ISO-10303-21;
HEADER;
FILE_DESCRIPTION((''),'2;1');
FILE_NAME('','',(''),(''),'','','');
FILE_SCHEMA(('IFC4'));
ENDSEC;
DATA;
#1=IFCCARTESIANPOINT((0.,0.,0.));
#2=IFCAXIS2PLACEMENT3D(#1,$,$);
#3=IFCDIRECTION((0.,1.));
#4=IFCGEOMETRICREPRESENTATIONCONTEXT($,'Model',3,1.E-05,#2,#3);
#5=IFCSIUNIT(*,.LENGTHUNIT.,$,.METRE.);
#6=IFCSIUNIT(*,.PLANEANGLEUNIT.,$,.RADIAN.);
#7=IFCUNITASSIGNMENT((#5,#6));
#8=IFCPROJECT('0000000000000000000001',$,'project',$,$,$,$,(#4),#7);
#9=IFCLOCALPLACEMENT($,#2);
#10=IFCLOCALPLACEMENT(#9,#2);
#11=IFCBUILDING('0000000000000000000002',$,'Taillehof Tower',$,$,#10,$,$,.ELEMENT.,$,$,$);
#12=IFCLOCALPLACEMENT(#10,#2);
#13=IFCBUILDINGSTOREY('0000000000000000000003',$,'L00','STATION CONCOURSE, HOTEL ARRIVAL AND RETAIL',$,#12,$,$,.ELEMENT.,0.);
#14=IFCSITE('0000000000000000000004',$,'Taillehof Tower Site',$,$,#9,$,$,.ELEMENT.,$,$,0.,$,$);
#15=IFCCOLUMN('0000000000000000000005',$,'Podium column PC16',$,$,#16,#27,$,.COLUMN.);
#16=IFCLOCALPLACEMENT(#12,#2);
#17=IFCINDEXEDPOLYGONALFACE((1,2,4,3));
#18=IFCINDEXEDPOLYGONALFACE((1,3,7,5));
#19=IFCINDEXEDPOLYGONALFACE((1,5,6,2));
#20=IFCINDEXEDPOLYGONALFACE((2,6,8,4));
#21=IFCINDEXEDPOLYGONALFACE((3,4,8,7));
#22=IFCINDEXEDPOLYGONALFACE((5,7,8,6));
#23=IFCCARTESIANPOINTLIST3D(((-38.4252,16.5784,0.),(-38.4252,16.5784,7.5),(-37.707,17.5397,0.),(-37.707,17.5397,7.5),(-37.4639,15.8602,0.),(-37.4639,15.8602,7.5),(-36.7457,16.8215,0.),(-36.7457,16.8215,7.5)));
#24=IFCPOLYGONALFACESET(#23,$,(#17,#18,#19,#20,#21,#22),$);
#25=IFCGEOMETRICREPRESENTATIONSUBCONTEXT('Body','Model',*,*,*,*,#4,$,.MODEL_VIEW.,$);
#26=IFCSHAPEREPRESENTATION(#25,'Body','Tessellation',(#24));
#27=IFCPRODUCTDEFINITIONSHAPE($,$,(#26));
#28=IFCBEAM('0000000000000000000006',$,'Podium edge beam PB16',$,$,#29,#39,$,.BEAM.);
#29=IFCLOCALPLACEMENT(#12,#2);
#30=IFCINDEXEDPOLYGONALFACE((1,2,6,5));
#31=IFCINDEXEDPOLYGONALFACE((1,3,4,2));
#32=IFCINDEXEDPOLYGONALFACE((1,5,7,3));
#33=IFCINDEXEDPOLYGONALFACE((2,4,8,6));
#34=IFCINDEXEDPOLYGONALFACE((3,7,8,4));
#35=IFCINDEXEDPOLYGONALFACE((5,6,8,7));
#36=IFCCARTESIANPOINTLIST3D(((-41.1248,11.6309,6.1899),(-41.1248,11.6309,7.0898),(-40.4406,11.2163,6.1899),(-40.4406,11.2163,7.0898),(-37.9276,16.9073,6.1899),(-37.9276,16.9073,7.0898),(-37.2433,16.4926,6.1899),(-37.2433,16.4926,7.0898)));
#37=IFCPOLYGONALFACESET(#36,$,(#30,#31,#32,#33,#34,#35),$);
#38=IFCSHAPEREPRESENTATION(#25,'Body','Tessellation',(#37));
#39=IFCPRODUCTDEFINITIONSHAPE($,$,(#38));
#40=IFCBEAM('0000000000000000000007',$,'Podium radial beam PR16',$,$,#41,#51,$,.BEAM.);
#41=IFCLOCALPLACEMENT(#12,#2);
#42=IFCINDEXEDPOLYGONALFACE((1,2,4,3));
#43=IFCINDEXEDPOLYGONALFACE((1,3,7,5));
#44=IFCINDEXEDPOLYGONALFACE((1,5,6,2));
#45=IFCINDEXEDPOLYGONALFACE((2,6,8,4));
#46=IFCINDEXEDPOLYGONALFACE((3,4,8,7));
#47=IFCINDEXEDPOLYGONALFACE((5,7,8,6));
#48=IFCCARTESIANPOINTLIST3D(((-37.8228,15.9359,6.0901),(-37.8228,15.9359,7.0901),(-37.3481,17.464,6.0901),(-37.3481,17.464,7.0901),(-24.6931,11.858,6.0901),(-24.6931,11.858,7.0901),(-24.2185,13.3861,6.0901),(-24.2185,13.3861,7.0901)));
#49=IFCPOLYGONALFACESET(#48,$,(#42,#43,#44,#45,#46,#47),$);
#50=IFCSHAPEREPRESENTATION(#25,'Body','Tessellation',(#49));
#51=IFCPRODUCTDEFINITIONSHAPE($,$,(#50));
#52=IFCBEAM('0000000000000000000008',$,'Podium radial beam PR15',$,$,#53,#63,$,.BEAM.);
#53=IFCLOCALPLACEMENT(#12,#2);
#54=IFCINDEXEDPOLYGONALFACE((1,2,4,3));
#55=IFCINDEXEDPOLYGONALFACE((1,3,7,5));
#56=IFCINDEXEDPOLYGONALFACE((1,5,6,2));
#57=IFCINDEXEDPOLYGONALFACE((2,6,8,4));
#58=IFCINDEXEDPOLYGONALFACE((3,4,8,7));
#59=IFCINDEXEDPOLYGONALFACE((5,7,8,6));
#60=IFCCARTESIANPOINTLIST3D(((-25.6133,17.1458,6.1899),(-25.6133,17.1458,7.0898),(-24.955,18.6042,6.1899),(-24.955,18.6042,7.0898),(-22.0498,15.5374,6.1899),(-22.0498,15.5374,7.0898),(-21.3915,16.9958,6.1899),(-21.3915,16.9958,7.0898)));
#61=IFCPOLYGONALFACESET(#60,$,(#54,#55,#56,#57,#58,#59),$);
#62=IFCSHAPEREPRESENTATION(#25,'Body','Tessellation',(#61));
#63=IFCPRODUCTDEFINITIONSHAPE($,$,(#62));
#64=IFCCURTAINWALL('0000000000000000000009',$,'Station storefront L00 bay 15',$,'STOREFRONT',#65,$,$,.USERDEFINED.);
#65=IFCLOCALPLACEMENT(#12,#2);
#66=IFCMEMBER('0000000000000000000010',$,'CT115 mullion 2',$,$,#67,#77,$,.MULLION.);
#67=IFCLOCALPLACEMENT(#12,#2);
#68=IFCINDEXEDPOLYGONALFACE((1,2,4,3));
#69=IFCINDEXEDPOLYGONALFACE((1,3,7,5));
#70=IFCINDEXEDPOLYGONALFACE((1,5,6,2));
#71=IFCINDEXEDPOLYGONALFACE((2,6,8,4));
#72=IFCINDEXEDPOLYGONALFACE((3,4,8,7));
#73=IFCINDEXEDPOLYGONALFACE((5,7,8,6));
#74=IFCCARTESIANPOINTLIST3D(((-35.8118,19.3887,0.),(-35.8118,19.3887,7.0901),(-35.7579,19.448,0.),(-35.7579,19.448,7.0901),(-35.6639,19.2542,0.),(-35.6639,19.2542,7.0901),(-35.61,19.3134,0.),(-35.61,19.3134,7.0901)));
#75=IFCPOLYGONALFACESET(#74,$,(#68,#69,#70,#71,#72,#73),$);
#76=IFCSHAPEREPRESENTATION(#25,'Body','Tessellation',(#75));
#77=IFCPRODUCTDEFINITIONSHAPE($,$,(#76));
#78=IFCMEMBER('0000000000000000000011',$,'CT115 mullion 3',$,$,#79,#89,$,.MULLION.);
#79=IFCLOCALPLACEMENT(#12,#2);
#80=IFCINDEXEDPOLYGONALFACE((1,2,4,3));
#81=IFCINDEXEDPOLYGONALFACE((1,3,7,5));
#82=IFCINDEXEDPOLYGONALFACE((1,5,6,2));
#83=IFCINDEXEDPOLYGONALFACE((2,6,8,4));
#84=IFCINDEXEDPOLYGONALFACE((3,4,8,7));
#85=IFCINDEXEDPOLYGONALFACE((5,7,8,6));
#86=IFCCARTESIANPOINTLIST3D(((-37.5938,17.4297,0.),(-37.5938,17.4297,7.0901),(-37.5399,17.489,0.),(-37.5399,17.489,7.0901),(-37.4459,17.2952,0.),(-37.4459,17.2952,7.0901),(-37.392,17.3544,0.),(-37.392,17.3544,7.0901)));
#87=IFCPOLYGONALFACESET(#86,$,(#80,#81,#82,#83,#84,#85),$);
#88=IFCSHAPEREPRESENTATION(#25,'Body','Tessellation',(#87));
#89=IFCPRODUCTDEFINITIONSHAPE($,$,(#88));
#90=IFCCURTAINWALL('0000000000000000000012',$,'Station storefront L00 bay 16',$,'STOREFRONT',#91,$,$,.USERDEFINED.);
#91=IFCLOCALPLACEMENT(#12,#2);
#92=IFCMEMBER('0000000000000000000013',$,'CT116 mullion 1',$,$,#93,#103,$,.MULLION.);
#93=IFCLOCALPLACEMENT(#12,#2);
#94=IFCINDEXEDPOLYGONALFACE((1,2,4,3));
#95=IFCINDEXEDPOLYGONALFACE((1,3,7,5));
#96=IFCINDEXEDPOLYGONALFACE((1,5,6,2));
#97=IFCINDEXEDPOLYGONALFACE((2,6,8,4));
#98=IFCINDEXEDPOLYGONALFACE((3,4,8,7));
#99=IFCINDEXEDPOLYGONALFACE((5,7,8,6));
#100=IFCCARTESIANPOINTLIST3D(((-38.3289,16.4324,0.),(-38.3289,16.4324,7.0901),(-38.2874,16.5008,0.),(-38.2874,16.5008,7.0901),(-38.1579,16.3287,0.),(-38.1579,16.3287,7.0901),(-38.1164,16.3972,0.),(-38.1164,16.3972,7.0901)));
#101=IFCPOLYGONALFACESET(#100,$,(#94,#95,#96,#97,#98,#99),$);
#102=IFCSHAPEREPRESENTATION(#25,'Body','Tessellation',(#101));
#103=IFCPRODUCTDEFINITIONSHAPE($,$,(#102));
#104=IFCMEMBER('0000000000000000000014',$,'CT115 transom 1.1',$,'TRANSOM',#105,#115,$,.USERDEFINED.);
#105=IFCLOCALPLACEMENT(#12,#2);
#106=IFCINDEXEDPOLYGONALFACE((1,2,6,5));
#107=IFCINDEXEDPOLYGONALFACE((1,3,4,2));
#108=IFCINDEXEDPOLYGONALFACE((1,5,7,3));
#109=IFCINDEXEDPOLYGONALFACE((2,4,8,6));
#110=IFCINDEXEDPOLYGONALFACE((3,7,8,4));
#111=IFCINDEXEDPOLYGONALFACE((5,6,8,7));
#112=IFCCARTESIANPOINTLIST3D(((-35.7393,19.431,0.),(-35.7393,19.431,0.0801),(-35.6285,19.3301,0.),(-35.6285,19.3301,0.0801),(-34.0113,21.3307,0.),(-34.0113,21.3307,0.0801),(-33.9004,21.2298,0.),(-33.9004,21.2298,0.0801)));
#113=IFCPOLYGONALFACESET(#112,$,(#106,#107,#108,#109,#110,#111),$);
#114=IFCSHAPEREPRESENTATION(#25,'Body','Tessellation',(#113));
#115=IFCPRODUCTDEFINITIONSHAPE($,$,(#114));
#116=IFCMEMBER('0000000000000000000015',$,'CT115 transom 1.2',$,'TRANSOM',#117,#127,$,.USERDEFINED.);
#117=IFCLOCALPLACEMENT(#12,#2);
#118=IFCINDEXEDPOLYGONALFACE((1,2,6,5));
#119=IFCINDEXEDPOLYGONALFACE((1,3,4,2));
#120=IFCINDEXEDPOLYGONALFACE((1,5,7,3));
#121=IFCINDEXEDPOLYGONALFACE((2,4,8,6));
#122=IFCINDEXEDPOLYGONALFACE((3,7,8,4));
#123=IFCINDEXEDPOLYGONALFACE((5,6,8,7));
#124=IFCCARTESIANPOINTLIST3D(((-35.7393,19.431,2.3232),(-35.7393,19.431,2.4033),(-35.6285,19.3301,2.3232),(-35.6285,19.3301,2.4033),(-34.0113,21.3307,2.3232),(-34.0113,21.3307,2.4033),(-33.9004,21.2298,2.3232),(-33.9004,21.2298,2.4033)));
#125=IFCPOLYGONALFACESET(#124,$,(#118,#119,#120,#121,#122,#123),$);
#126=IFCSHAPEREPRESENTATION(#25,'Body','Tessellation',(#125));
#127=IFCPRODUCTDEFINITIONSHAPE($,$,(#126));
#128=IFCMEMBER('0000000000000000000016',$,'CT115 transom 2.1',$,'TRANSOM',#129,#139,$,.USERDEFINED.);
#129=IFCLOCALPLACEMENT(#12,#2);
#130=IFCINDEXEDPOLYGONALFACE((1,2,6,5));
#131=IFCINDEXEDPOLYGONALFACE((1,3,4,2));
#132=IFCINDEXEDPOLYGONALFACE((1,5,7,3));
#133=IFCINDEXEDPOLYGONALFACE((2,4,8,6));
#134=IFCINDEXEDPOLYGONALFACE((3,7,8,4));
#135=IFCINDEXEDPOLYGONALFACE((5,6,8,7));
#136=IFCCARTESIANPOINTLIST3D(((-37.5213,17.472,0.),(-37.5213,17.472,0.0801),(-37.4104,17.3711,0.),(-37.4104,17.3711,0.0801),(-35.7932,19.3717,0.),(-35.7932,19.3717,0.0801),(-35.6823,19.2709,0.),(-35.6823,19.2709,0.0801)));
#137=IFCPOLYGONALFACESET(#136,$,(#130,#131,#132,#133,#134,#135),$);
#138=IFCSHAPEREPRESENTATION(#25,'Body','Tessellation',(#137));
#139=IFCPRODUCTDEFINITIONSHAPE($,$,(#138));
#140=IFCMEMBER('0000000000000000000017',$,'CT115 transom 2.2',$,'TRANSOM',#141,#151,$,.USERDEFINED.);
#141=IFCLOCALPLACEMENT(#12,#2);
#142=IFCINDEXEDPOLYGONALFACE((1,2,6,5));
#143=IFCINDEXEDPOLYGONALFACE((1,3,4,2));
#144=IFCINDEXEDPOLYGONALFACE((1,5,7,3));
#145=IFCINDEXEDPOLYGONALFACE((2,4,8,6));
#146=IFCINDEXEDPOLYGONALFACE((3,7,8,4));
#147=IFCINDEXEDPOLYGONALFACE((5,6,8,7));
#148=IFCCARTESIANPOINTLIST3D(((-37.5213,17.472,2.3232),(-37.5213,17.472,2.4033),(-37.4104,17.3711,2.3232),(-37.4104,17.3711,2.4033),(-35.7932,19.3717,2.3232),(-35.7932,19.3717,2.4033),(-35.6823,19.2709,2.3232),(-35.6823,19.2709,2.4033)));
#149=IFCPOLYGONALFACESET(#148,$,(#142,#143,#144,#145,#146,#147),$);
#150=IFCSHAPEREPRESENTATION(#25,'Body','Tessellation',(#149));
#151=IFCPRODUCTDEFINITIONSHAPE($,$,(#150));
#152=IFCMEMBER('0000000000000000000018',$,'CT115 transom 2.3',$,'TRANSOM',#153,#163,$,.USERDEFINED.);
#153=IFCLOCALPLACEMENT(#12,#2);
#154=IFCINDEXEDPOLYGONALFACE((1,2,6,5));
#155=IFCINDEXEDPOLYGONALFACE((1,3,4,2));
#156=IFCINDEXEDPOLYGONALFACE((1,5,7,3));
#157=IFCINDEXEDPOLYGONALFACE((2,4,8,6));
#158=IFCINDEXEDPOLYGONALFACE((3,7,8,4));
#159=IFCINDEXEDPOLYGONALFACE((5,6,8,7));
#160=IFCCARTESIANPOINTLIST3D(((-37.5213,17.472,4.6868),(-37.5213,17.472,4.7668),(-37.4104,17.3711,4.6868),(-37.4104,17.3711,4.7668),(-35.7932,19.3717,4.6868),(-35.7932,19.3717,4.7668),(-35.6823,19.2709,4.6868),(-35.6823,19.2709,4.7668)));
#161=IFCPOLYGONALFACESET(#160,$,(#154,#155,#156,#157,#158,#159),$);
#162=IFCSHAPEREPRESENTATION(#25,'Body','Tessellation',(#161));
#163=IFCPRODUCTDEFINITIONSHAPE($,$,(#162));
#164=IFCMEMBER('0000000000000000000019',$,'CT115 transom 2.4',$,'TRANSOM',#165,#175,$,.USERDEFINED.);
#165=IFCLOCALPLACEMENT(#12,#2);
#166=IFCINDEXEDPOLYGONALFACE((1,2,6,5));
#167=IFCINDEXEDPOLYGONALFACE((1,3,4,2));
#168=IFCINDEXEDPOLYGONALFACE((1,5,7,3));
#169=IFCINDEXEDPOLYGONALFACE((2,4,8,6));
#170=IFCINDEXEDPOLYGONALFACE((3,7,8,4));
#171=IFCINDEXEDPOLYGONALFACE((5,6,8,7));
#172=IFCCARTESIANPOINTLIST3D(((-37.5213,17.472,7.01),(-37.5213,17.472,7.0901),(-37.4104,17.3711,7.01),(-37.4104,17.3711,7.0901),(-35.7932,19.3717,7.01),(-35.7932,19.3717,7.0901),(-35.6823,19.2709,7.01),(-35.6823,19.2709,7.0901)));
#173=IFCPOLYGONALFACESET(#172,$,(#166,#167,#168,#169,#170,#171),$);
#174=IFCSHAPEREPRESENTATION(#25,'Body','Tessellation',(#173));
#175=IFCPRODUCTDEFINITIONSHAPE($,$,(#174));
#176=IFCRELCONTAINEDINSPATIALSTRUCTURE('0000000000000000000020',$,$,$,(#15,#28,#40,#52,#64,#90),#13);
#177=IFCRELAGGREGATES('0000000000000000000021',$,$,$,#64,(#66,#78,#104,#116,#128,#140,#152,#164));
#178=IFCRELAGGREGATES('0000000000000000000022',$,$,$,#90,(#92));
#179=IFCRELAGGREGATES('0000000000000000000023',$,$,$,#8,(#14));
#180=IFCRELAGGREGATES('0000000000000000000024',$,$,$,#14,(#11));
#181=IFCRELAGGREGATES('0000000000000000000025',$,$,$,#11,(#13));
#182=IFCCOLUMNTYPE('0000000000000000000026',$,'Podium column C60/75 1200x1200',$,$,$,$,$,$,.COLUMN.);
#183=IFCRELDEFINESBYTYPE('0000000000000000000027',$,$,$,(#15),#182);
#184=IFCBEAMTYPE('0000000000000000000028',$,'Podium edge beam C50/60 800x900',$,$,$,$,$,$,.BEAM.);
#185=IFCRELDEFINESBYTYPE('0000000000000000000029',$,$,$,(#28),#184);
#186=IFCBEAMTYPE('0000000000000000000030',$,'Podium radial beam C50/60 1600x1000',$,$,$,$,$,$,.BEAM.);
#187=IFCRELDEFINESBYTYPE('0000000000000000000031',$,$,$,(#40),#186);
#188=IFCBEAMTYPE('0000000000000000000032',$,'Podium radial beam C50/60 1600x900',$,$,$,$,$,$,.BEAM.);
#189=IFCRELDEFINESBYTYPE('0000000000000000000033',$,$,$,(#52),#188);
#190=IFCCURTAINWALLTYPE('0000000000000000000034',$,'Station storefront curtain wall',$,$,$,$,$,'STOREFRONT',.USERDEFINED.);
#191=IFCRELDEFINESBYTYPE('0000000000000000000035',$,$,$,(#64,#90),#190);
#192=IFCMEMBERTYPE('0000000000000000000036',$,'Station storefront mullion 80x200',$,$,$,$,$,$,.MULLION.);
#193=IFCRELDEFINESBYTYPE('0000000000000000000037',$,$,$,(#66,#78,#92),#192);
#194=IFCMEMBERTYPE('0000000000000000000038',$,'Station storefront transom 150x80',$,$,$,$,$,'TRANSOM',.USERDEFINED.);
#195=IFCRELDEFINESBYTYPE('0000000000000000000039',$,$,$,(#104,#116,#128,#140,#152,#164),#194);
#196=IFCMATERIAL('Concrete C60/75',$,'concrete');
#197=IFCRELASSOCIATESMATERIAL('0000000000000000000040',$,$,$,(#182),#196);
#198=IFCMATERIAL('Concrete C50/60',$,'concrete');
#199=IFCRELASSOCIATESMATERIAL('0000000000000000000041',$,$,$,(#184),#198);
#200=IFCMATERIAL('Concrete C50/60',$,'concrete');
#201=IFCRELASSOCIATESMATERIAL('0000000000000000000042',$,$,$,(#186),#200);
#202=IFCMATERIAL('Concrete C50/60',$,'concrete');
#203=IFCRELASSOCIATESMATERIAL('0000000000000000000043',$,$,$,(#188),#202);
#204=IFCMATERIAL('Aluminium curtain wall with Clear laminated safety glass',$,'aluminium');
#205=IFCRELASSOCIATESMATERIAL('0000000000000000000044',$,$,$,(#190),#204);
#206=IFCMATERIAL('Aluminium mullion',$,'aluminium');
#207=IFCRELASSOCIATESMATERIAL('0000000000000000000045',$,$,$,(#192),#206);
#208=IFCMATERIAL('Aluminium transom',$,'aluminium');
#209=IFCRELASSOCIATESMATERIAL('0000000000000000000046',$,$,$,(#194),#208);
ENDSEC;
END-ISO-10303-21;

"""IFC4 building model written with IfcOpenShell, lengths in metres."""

from ifc_helpers import new_model, si_unit, direction, frame, origin, origin_2d, place, context, subcontext, project, spatial, rectangle, extrude, material, material_profile, profile_set, type_object, element, aggregate, save


model = new_model("IFC4")

# Units and contexts
model_context = context("Model", 3, precision=1e-05, world=origin(), true_north=direction((0.0, 1.0)))
body_context = subcontext(model_context, "Body", "Model", "MODEL_VIEW")
ifc_project = project(units=[si_unit("LENGTHUNIT", "METRE"), si_unit("PLANEANGLEUNIT", "RADIAN")], contexts=[model_context])

# Site, building, storey
site_placement = place(None, origin())
site = spatial("IfcSite", under=ifc_project, at=site_placement, Name="Taillehof Tower Site", CompositionType="ELEMENT", RefElevation=0.0)
building_placement = place(site_placement, origin())
building = spatial("IfcBuilding", under=site, at=building_placement, Name="Taillehof Tower", CompositionType="ELEMENT")
storey_placement = place(building_placement, origin())
storey = spatial("IfcBuildingStorey", under=building, at=storey_placement, Name="L00", Description="STATION CONCOURSE, HOTEL ARRIVAL AND RETAIL", CompositionType="ELEMENT", Elevation=0.0)

# Column
ifc_material_1 = material(Name="Concrete C60/75", Category="concrete")
ifc_material_profile_1 = material_profile(ifc_material_1, rectangle(XDim=1.2, YDim=1.2, at=origin_2d()), Name="RC 1200x1200")
ifc_profile_set_1 = profile_set([ifc_material_profile_1], Name="Concrete C60/75")
column_type = type_object("IfcColumnType", Name="Podium column C60/75 1200x1200", PredefinedType="COLUMN", material=ifc_profile_set_1)
column_placement = place(storey_placement, frame((-37.5854, 16.7, 0.0), z_axis=(0.0, 0.0, 1.0), x_axis=(-0.801091, 0.598542, 0.0)))
element("IfcColumn", 1, at=column_placement, inside=storey, type_object=column_type, Name="Podium column PC16", PredefinedType="COLUMN", context=body_context, shape_type="SweptSolid", body=[
    extrude(rectangle(XDim=1.2, YDim=1.2, at=origin_2d()), origin(), (0.0, 0.0, 1.0), 7.5),
])

# Beams
ifc_material_2 = material(Name="Concrete C50/60", Category="concrete")
ifc_material_profile_2 = material_profile(ifc_material_2, rectangle(XDim=0.8, YDim=0.8999, at=origin_2d()), Name="RC 800x900")
ifc_profile_set_2 = profile_set([ifc_material_profile_2], Name="Concrete C50/60")
beam_type_1 = type_object("IfcBeamType", Name="Podium edge beam C50/60 800x900", PredefinedType="BEAM", material=ifc_profile_set_2)
beam_1_placement = place(storey_placement, frame((-37.5854, 16.7, 6.6399), z_axis=(-0.518239, -0.855236, 0.0), x_axis=(0.855236, -0.518239, 0.0)))
element("IfcBeam", 2, at=beam_1_placement, inside=storey, type_object=beam_type_1, Name="Podium edge beam PB16", PredefinedType="BEAM", context=body_context, shape_type="SweptSolid", body=[
    extrude(rectangle(XDim=0.8, YDim=0.8999, at=origin_2d()), origin(), (0.0, 0.0, 1.0), 6.1694),
])
ifc_material_3 = material(Name="Concrete C50/60", Category="concrete")
ifc_material_profile_3 = material_profile(ifc_material_3, rectangle(XDim=1.6001, YDim=1.0, at=origin_2d()), Name="RC 1600x1000")
ifc_profile_set_3 = profile_set([ifc_material_profile_3], Name="Concrete C50/60")
beam_type_2 = type_object("IfcBeamType", Name="Podium radial beam C50/60 1600x1000", PredefinedType="BEAM", material=ifc_profile_set_3)
beam_2_placement = place(storey_placement, frame((-37.5854, 16.7, 6.5901), z_axis=(0.954999, -0.296609, 0.0), x_axis=(0.296609, 0.954999, 0.0)))
element("IfcBeam", 3, at=beam_2_placement, inside=storey, type_object=beam_type_2, Name="Podium radial beam PR16", PredefinedType="BEAM", context=body_context, shape_type="SweptSolid", body=[
    extrude(rectangle(XDim=1.6001, YDim=1.0, at=origin_2d()), origin(), (0.0, 0.0, 1.0), 13.7483),
])
ifc_material_4 = material(Name="Concrete C50/60", Category="concrete")
ifc_material_profile_4 = material_profile(ifc_material_4, rectangle(XDim=1.6001, YDim=0.8999, at=origin_2d()), Name="RC 1600x900")
ifc_profile_set_4 = profile_set([ifc_material_profile_4], Name="Concrete C50/60")
beam_type_3 = type_object("IfcBeamType", Name="Podium radial beam C50/60 1600x900", PredefinedType="BEAM", material=ifc_profile_set_4)
beam_3_placement = place(storey_placement, frame((-25.2842, 17.875, 6.6399), z_axis=(0.911458, -0.411393, 0.0), x_axis=(0.411393, 0.911458, 0.0)))
element("IfcBeam", 4, at=beam_3_placement, inside=storey, type_object=beam_type_3, Name="Podium radial beam PR15", PredefinedType="BEAM", context=body_context, shape_type="SweptSolid", body=[
    extrude(rectangle(XDim=1.6001, YDim=0.8999, at=origin_2d()), origin(), (0.0, 0.0, 1.0), 3.9097),
])

# Curtain wall, members
ifc_material_5 = material(Name="Aluminium curtain wall with Clear laminated safety glass", Category="aluminium")
curtain_wall_type = type_object("IfcCurtainWallType", Name="Station storefront curtain wall", ElementType="STOREFRONT", PredefinedType="USERDEFINED", material=ifc_material_5)
curtain_wall_1_placement = place(storey_placement, origin())
curtain_wall_1 = element("IfcCurtainWall", 5, at=curtain_wall_1_placement, inside=storey, type_object=curtain_wall_type, Name="Station storefront L00 bay 15", ObjectType="STOREFRONT", PredefinedType="USERDEFINED")
ifc_material_6 = material(Name="Aluminium mullion", Category="aluminium")
ifc_material_profile_5 = material_profile(ifc_material_6, rectangle(XDim=0.2, YDim=0.0801, at=origin_2d()), Name="AL 80x200")
ifc_profile_set_5 = profile_set([ifc_material_profile_5], Name="Aluminium mullion")
member_type_1 = type_object("IfcMemberType", Name="Station storefront mullion 80x200", PredefinedType="MULLION", material=ifc_profile_set_5)
member_1_placement = place(storey_placement, frame((-35.7109, 19.3511, 0.0), z_axis=(0.0, 0.0, 1.0), x_axis=(0.739707, -0.672929, 0.0)))
member_1 = element("IfcMember", 6, at=member_1_placement, type_object=member_type_1, Name="CT115 mullion 2", PredefinedType="MULLION", context=body_context, shape_type="SweptSolid", body=[
    extrude(rectangle(XDim=0.2, YDim=0.0801, at=origin_2d()), origin(), (0.0, 0.0, 1.0), 7.0901),
])
member_2_placement = place(storey_placement, frame((-37.4929, 17.3921, 0.0), z_axis=(0.0, 0.0, 1.0), x_axis=(0.739707, -0.672929, 0.0)))
member_2 = element("IfcMember", 7, at=member_2_placement, type_object=member_type_1, Name="CT115 mullion 3", PredefinedType="MULLION", context=body_context, shape_type="SweptSolid", body=[
    extrude(rectangle(XDim=0.2, YDim=0.0801, at=origin_2d()), origin(), (0.0, 0.0, 1.0), 7.0901),
])

# Curtain wall, member
curtain_wall_2_placement = place(storey_placement, origin())
curtain_wall_2 = element("IfcCurtainWall", 8, at=curtain_wall_2_placement, inside=storey, type_object=curtain_wall_type, Name="Station storefront L00 bay 16", ObjectType="STOREFRONT", PredefinedType="USERDEFINED")
member_3_placement = place(storey_placement, frame((-38.2227, 16.4148, 0.0), z_axis=(0.0, 0.0, 1.0), x_axis=(0.855289, -0.518151, 0.0)))
member_3 = element("IfcMember", 9, at=member_3_placement, type_object=member_type_1, Name="CT116 mullion 1", PredefinedType="MULLION", context=body_context, shape_type="SweptSolid", body=[
    extrude(rectangle(XDim=0.2, YDim=0.0801, at=origin_2d()), origin(), (0.0, 0.0, 1.0), 7.0901),
])

# Members
ifc_material_7 = material(Name="Aluminium transom", Category="aluminium")
ifc_material_profile_6 = material_profile(ifc_material_7, rectangle(XDim=0.1499, YDim=0.0801, at=origin_2d()), Name="AL 150x80")
ifc_profile_set_6 = profile_set([ifc_material_profile_6], Name="Aluminium transom")
member_type_2 = type_object("IfcMemberType", Name="Station storefront transom 150x80", ElementType="TRANSOM", PredefinedType="USERDEFINED", material=ifc_profile_set_6)
member_4_placement = place(storey_placement, frame((-33.9558, 21.2803, 0.04), z_axis=(-0.6729, -0.739734, 0.0), x_axis=(0.739734, -0.6729, 0.0)))
member_4 = element("IfcMember", 10, at=member_4_placement, type_object=member_type_2, Name="CT115 transom 1.1", ObjectType="TRANSOM", PredefinedType="USERDEFINED", context=body_context, shape_type="SweptSolid", body=[
    extrude(rectangle(XDim=0.1499, YDim=0.0801, at=origin_2d()), origin(), (0.0, 0.0, 1.0), 2.5681),
])
member_5_placement = place(storey_placement, frame((-33.9558, 21.2803, 2.3633), z_axis=(-0.6729, -0.739734, 0.0), x_axis=(0.739734, -0.6729, 0.0)))
member_5 = element("IfcMember", 11, at=member_5_placement, type_object=member_type_2, Name="CT115 transom 1.2", ObjectType="TRANSOM", PredefinedType="USERDEFINED", context=body_context, shape_type="SweptSolid", body=[
    extrude(rectangle(XDim=0.1499, YDim=0.0801, at=origin_2d()), origin(), (0.0, 0.0, 1.0), 2.5681),
])
member_6_placement = place(storey_placement, frame((-35.7378, 19.3213, 0.04), z_axis=(-0.6729, -0.739734, 0.0), x_axis=(0.739734, -0.6729, 0.0)))
member_6 = element("IfcMember", 12, at=member_6_placement, type_object=member_type_2, Name="CT115 transom 2.1", ObjectType="TRANSOM", PredefinedType="USERDEFINED", context=body_context, shape_type="SweptSolid", body=[
    extrude(rectangle(XDim=0.1499, YDim=0.0801, at=origin_2d()), origin(), (0.0, 0.0, 1.0), 2.5681),
])
member_7_placement = place(storey_placement, frame((-35.7378, 19.3213, 2.3633), z_axis=(-0.6729, -0.739734, 0.0), x_axis=(0.739734, -0.6729, 0.0)))
member_7 = element("IfcMember", 13, at=member_7_placement, type_object=member_type_2, Name="CT115 transom 2.2", ObjectType="TRANSOM", PredefinedType="USERDEFINED", context=body_context, shape_type="SweptSolid", body=[
    extrude(rectangle(XDim=0.1499, YDim=0.0801, at=origin_2d()), origin(), (0.0, 0.0, 1.0), 2.5681),
])
member_8_placement = place(storey_placement, frame((-35.7378, 19.3213, 4.7268), z_axis=(-0.6729, -0.739734, 0.0), x_axis=(0.739734, -0.6729, 0.0)))
member_8 = element("IfcMember", 14, at=member_8_placement, type_object=member_type_2, Name="CT115 transom 2.3", ObjectType="TRANSOM", PredefinedType="USERDEFINED", context=body_context, shape_type="SweptSolid", body=[
    extrude(rectangle(XDim=0.1499, YDim=0.0801, at=origin_2d()), origin(), (0.0, 0.0, 1.0), 2.5681),
])
member_9_placement = place(storey_placement, frame((-35.7378, 19.3213, 7.05), z_axis=(-0.6729, -0.739734, 0.0), x_axis=(0.739734, -0.6729, 0.0)))
member_9 = element("IfcMember", 15, at=member_9_placement, type_object=member_type_2, Name="CT115 transom 2.4", ObjectType="TRANSOM", PredefinedType="USERDEFINED", context=body_context, shape_type="SweptSolid", body=[
    extrude(rectangle(XDim=0.1499, YDim=0.0801, at=origin_2d()), origin(), (0.0, 0.0, 1.0), 2.5681),
])

aggregate(curtain_wall_1, [member_1, member_2, member_4, member_5, member_6, member_7, member_8, member_9])
aggregate(curtain_wall_2, [member_3])

save(model, "model.ifc")
